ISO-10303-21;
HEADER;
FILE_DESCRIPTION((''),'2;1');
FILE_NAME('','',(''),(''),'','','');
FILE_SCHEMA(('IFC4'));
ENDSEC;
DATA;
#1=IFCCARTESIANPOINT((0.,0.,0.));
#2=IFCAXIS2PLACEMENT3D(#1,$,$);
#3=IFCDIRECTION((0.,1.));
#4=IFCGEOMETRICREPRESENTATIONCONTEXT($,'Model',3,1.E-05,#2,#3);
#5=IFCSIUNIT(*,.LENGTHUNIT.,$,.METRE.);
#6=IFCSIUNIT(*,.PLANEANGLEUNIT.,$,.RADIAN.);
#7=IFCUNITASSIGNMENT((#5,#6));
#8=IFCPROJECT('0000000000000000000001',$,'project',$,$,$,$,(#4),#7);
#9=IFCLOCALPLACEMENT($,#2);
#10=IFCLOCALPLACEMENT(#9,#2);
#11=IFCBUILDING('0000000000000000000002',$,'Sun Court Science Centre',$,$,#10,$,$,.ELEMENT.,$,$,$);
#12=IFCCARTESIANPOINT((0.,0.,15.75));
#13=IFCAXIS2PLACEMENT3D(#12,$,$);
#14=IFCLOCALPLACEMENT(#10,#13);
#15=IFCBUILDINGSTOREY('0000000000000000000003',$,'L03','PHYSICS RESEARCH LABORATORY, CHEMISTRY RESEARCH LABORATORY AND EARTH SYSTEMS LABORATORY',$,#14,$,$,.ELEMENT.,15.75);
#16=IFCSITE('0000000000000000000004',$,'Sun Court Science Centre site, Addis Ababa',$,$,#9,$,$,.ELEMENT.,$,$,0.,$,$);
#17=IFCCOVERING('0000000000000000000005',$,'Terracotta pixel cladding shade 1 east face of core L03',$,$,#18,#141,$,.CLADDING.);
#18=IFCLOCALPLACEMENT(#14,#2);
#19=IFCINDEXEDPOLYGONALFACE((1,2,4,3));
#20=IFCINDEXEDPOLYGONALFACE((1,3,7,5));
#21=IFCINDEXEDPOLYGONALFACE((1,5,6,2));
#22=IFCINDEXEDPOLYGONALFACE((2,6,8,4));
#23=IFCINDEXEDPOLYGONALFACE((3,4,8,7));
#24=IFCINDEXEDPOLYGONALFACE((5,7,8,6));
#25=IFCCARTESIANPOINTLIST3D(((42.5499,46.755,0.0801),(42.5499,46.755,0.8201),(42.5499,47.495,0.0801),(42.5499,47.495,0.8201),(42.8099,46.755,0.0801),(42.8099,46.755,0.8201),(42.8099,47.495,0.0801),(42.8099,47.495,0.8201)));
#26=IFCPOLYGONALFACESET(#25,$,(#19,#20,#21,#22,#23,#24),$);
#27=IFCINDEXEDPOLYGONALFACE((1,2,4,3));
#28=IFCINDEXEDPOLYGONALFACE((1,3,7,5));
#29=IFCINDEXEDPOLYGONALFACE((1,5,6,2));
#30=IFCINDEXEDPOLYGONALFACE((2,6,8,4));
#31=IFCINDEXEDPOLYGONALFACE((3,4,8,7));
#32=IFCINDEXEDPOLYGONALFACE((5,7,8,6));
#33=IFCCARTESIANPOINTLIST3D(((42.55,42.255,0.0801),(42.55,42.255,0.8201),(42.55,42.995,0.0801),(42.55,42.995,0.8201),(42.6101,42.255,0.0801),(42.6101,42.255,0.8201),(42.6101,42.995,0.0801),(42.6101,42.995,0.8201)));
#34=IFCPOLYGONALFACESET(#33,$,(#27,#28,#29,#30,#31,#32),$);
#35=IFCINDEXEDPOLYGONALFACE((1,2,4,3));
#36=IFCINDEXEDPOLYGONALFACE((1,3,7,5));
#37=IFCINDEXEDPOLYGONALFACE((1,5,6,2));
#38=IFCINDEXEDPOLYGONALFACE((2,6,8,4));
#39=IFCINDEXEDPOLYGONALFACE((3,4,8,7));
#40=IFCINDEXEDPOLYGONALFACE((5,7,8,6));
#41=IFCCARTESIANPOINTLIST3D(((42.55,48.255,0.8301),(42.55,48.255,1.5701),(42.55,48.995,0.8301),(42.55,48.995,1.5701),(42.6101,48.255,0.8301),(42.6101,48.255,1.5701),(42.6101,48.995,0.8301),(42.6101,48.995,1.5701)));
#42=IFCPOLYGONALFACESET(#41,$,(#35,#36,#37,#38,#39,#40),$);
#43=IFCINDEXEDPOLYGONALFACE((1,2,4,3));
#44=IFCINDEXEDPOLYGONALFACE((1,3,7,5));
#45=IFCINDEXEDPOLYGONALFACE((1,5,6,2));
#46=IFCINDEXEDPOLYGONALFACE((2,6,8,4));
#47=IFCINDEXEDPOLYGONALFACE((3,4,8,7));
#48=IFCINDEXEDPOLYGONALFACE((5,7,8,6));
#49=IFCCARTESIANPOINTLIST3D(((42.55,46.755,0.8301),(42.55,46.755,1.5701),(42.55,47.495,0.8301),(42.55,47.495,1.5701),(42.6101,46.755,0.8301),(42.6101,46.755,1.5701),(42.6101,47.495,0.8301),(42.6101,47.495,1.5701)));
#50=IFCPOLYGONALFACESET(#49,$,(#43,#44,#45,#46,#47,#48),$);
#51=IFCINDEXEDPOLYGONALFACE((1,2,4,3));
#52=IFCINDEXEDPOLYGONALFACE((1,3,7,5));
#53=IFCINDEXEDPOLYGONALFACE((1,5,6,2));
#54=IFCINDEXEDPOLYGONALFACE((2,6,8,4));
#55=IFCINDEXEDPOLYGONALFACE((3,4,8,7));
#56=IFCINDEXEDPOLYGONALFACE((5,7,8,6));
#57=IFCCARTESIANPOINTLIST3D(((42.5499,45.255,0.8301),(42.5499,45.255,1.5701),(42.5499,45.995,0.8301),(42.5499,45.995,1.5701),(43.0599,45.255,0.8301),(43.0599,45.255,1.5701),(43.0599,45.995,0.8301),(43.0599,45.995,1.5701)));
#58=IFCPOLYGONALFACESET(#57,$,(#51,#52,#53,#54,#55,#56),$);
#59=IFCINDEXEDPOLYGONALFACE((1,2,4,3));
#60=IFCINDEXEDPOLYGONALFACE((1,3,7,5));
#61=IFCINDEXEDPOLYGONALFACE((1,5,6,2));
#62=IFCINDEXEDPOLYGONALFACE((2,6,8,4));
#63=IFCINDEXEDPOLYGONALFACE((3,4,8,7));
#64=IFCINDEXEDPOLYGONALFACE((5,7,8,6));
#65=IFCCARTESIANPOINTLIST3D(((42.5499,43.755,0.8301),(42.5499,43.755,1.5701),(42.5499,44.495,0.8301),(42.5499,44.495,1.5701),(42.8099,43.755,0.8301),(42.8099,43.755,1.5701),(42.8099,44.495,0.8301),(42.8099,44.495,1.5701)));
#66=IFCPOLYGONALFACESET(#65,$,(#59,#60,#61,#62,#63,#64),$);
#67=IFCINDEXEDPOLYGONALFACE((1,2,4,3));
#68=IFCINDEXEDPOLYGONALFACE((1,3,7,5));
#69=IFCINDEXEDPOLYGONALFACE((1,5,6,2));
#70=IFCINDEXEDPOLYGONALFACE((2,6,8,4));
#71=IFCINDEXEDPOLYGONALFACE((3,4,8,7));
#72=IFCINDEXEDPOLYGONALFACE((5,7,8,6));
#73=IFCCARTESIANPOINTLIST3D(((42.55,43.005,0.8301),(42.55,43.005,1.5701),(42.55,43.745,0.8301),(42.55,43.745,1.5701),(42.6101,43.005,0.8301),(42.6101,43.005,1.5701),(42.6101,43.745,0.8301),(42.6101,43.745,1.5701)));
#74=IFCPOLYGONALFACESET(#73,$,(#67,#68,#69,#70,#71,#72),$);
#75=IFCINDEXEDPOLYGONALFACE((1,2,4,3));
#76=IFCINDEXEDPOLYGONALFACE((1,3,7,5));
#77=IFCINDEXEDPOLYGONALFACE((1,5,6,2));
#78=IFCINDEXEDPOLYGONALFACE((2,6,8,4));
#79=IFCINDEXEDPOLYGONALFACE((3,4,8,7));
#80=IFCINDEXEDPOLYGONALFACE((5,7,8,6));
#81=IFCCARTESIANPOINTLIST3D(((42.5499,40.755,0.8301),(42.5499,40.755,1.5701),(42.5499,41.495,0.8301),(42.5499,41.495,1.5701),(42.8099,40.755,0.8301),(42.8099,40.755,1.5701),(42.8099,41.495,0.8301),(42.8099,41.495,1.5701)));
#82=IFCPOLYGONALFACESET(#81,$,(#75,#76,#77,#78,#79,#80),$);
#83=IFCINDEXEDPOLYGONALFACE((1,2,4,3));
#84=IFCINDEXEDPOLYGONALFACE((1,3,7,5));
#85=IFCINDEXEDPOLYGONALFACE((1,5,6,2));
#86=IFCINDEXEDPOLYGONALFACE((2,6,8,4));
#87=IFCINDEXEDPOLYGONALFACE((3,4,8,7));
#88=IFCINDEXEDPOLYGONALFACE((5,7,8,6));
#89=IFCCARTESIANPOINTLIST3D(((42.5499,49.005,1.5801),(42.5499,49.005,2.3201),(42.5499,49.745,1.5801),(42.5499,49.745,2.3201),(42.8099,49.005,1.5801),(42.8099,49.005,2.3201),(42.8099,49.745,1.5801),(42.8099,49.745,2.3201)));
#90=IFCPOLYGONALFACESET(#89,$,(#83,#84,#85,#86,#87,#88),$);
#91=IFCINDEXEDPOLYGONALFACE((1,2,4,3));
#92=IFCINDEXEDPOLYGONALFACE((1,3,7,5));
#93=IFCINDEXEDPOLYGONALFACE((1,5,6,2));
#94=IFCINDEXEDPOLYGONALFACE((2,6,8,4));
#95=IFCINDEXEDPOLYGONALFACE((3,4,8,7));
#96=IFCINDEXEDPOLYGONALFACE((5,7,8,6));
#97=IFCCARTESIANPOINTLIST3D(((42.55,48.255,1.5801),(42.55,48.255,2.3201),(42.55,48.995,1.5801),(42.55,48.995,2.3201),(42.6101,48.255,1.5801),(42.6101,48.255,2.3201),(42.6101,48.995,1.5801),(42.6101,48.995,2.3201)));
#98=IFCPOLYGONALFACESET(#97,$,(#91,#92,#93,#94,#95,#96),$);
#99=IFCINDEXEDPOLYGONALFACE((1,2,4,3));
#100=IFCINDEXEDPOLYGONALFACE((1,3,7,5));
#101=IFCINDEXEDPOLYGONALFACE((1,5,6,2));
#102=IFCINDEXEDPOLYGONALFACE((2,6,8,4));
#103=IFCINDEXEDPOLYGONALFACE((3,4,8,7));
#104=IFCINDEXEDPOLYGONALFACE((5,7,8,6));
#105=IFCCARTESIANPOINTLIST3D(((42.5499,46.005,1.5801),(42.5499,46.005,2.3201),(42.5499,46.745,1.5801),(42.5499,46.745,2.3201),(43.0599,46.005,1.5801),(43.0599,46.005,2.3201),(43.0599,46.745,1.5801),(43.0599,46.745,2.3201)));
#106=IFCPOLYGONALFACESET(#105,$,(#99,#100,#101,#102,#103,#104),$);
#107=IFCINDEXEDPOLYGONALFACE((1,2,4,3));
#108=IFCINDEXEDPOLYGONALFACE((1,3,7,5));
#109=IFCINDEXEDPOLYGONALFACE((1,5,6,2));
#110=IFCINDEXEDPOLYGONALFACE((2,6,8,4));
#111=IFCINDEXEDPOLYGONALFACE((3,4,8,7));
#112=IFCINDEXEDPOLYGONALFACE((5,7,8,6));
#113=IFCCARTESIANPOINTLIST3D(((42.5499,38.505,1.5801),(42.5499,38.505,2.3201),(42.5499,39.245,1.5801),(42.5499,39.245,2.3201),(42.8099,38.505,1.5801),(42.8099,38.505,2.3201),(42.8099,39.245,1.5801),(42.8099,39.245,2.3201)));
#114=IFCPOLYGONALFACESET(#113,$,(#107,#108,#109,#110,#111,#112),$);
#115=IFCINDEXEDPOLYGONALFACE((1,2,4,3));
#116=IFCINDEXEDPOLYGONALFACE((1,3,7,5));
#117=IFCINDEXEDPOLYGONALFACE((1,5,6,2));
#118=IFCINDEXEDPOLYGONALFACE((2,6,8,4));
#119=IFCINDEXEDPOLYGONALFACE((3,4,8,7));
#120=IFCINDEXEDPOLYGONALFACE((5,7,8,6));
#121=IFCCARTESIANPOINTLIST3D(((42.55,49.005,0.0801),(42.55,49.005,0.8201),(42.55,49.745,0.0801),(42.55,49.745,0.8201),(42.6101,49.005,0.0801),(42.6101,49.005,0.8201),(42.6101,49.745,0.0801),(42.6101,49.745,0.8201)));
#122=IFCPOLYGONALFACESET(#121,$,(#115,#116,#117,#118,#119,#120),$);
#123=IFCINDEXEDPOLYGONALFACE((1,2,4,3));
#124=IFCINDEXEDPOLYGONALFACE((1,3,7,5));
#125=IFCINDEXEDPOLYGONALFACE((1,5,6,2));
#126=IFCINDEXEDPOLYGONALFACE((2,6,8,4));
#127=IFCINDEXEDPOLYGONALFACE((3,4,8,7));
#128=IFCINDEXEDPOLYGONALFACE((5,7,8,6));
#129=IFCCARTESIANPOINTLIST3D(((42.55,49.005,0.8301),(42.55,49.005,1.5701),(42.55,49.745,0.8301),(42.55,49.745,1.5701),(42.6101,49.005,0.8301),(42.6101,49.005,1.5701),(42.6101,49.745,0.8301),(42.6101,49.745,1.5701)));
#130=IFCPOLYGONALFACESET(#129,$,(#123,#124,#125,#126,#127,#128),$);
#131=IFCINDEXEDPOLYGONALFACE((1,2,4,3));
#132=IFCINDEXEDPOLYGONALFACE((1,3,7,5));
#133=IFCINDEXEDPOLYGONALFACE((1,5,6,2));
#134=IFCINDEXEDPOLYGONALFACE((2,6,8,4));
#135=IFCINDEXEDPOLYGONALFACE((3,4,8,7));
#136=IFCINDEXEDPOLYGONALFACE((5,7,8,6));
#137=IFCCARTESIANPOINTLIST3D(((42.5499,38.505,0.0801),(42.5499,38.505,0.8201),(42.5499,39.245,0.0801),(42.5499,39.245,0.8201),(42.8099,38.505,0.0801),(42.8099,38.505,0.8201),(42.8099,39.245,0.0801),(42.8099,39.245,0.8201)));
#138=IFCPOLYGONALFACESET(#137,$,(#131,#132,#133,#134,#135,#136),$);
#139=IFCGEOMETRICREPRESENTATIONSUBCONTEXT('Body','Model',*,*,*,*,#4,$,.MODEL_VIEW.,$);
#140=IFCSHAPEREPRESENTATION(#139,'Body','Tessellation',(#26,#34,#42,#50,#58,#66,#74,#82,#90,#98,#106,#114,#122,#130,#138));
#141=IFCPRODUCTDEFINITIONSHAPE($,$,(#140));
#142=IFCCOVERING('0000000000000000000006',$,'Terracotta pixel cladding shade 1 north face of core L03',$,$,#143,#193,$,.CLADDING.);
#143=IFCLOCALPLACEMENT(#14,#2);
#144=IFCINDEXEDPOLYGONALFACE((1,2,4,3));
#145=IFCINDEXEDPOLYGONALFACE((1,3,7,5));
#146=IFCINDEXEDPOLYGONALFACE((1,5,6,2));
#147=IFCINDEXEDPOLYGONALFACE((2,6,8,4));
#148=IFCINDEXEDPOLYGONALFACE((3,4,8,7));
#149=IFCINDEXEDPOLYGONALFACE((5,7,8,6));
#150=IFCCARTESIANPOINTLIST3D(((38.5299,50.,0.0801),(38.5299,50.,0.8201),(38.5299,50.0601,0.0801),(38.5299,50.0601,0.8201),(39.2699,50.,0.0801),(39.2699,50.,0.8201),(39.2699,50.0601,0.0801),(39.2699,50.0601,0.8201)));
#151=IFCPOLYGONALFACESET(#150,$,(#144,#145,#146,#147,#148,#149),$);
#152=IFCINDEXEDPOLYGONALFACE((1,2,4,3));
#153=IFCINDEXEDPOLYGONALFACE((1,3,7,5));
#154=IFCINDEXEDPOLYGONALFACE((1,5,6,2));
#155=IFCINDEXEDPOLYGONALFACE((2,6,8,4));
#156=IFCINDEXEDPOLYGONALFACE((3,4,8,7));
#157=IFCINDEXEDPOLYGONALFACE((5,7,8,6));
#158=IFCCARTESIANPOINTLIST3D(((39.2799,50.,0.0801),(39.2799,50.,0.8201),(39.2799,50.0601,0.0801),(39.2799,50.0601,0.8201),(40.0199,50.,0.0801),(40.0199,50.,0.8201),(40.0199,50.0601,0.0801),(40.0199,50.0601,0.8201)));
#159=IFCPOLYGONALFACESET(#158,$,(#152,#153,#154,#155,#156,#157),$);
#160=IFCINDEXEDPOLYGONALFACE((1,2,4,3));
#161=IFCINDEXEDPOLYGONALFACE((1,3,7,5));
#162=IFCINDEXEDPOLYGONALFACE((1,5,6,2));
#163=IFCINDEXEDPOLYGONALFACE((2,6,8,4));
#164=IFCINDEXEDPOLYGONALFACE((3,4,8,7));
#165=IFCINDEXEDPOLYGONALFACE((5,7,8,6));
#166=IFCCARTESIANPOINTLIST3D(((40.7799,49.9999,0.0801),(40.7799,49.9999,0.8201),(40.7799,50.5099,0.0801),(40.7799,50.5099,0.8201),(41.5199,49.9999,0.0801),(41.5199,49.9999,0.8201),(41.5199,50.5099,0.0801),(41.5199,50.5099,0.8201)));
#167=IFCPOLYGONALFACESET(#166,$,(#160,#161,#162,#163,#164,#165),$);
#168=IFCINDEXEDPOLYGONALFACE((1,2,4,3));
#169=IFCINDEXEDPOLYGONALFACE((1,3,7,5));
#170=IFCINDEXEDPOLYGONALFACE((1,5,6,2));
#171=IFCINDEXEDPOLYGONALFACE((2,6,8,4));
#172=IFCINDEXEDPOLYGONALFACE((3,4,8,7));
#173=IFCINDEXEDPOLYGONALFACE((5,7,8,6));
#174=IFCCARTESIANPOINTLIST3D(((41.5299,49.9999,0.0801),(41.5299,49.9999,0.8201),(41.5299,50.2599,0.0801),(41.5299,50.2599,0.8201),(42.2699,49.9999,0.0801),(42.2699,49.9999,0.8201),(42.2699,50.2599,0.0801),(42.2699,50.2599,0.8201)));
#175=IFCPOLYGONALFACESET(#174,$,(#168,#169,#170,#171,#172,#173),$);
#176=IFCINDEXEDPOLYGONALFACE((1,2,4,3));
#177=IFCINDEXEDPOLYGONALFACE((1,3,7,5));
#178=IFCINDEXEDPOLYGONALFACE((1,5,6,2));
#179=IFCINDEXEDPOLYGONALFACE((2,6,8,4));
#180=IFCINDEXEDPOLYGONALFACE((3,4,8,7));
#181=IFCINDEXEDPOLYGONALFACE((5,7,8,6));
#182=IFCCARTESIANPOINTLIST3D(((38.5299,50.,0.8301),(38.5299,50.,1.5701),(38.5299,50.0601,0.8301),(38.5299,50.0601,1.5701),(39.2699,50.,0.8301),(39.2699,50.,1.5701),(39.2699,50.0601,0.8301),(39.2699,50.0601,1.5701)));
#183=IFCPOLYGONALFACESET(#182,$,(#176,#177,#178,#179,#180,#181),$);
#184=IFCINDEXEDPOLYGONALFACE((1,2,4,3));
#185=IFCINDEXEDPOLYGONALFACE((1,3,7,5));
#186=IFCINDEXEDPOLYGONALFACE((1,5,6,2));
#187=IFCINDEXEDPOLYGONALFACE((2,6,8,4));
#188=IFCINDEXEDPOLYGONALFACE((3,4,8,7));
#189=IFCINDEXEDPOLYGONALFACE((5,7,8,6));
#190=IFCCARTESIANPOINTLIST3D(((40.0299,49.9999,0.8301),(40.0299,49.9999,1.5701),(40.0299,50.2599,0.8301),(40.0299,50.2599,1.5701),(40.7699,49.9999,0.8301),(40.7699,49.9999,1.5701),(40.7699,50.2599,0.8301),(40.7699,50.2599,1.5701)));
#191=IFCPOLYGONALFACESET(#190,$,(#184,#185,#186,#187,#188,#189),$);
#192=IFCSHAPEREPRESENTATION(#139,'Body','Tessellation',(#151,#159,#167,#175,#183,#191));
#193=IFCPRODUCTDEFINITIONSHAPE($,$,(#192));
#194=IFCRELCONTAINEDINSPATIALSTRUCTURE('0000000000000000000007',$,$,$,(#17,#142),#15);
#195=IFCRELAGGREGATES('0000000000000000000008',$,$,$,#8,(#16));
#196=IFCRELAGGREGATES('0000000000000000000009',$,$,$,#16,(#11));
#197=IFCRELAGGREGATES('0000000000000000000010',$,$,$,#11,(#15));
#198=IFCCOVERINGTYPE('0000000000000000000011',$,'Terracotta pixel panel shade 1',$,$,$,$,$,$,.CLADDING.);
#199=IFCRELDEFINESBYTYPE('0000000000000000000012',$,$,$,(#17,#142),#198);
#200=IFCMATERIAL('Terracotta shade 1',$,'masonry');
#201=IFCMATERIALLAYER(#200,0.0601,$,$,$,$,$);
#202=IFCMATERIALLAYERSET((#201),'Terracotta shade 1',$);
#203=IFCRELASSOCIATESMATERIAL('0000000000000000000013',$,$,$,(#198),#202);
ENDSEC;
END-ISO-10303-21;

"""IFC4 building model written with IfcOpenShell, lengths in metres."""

from ifc_helpers import new_model, si_unit, direction, frame, origin, origin_2d, place, context, subcontext, project, spatial, rectangle, extrude, material, layer, layer_set, type_object, element, save


model = new_model("IFC4")

# Units and contexts
model_context = context("Model", 3, precision=1e-05, world=origin(), true_north=direction((0.0, 1.0)))
body_context = subcontext(model_context, "Body", "Model", "MODEL_VIEW")
ifc_project = project(units=[si_unit("LENGTHUNIT", "METRE"), si_unit("PLANEANGLEUNIT", "RADIAN")], contexts=[model_context])

# Site, building, storey
site_placement = place(None, origin())
site = spatial("IfcSite", under=ifc_project, at=site_placement, Name="Sun Court Science Centre site, Addis Ababa", CompositionType="ELEMENT", RefElevation=0.0)
building_placement = place(site_placement, origin())
building = spatial("IfcBuilding", under=site, at=building_placement, Name="Sun Court Science Centre", CompositionType="ELEMENT")
storey_placement = place(building_placement, frame((0.0, 0.0, 15.75)))
storey = spatial("IfcBuildingStorey", under=building, at=storey_placement, Name="L03", Description="PHYSICS RESEARCH LABORATORY, CHEMISTRY RESEARCH LABORATORY AND EARTH SYSTEMS LABORATORY", CompositionType="ELEMENT", Elevation=15.75)

# Coverings
ifc_material_1 = material(Name="Terracotta shade 1", Category="masonry")
ifc_layer_1 = layer(ifc_material_1, 0.0601)
ifc_layer_set_1 = layer_set([ifc_layer_1], Name="Terracotta shade 1")
covering_type_1 = type_object("IfcCoveringType", Name="Terracotta pixel panel shade 1", PredefinedType="CLADDING", material=ifc_layer_set_1)
covering_1_placement = place(storey_placement, frame((0.0, 0.0, -15.75)))
element("IfcCovering", 1, at=covering_1_placement, inside=storey, type_object=covering_type_1, Name="Terracotta pixel cladding shade 1 east face of core L03", PredefinedType="CLADDING", context=body_context, shape_type="SweptSolid", body=[
    extrude(rectangle(XDim=0.74, YDim=0.26, at=origin_2d()), frame((42.6799, 47.125, 15.8301), z_axis=(0.0, 0.0, 1.0), x_axis=(0.0, -1.0, 0.0)), (0.0, 0.0, 1.0), 0.74),
    extrude(rectangle(XDim=0.74, YDim=0.0601, at=origin_2d()), frame((42.5801, 42.625, 15.8301), z_axis=(0.0, 0.0, 1.0), x_axis=(0.0, -1.0, 0.0)), (0.0, 0.0, 1.0), 0.74),
    extrude(rectangle(XDim=0.74, YDim=0.0601, at=origin_2d()), frame((42.5801, 48.625, 16.5801), z_axis=(0.0, 0.0, 1.0), x_axis=(0.0, -1.0, 0.0)), (0.0, 0.0, 1.0), 0.74),
    extrude(rectangle(XDim=0.74, YDim=0.0601, at=origin_2d()), frame((42.5801, 47.125, 16.5801), z_axis=(0.0, 0.0, 1.0), x_axis=(0.0, -1.0, 0.0)), (0.0, 0.0, 1.0), 0.74),
    extrude(rectangle(XDim=0.74, YDim=0.51, at=origin_2d()), frame((42.8049, 45.625, 16.5801), z_axis=(0.0, 0.0, 1.0), x_axis=(0.0, -1.0, 0.0)), (0.0, 0.0, 1.0), 0.74),
    extrude(rectangle(XDim=0.74, YDim=0.26, at=origin_2d()), frame((42.6799, 44.125, 16.5801), z_axis=(0.0, 0.0, 1.0), x_axis=(0.0, -1.0, 0.0)), (0.0, 0.0, 1.0), 0.74),
    extrude(rectangle(XDim=0.74, YDim=0.0601, at=origin_2d()), frame((42.5801, 43.375, 16.5801), z_axis=(0.0, 0.0, 1.0), x_axis=(0.0, -1.0, 0.0)), (0.0, 0.0, 1.0), 0.74),
    extrude(rectangle(XDim=0.74, YDim=0.26, at=origin_2d()), frame((42.6799, 41.125, 16.5801), z_axis=(0.0, 0.0, 1.0), x_axis=(0.0, -1.0, 0.0)), (0.0, 0.0, 1.0), 0.74),
    extrude(rectangle(XDim=0.74, YDim=0.26, at=origin_2d()), frame((42.6799, 49.375, 17.3301), z_axis=(0.0, 0.0, 1.0), x_axis=(0.0, -1.0, 0.0)), (0.0, 0.0, 1.0), 0.74),
    extrude(rectangle(XDim=0.74, YDim=0.0601, at=origin_2d()), frame((42.5801, 48.625, 17.3301), z_axis=(0.0, 0.0, 1.0), x_axis=(0.0, -1.0, 0.0)), (0.0, 0.0, 1.0), 0.74),
    extrude(rectangle(XDim=0.74, YDim=0.51, at=origin_2d()), frame((42.8049, 46.375, 17.3301), z_axis=(0.0, 0.0, 1.0), x_axis=(0.0, -1.0, 0.0)), (0.0, 0.0, 1.0), 0.74),
    extrude(rectangle(XDim=0.74, YDim=0.26, at=origin_2d()), frame((42.6799, 38.875, 17.3301), z_axis=(0.0, 0.0, 1.0), x_axis=(0.0, -1.0, 0.0)), (0.0, 0.0, 1.0), 0.74),
    extrude(rectangle(XDim=0.74, YDim=0.0601, at=origin_2d()), frame((42.5801, 49.375, 15.8301), z_axis=(0.0, 0.0, 1.0), x_axis=(0.0, -1.0, 0.0)), (0.0, 0.0, 1.0), 0.74),
    extrude(rectangle(XDim=0.74, YDim=0.0601, at=origin_2d()), frame((42.5801, 49.375, 16.5801), z_axis=(0.0, 0.0, 1.0), x_axis=(0.0, -1.0, 0.0)), (0.0, 0.0, 1.0), 0.74),
    extrude(rectangle(XDim=0.74, YDim=0.26, at=origin_2d()), frame((42.6799, 38.875, 15.8301), z_axis=(0.0, 0.0, 1.0), x_axis=(0.0, -1.0, 0.0)), (0.0, 0.0, 1.0), 0.74),
])
covering_2_placement = place(storey_placement, frame((0.0, 0.0, -15.75)))
element("IfcCovering", 2, at=covering_2_placement, inside=storey, type_object=covering_type_1, Name="Terracotta pixel cladding shade 1 north face of core L03", PredefinedType="CLADDING", context=body_context, shape_type="SweptSolid", body=[
    extrude(rectangle(XDim=0.74, YDim=0.0601, at=origin_2d()), frame((38.8999, 50.03, 15.8301), z_axis=(0.0, 0.0, 1.0), x_axis=(1.0, 0.0, 0.0)), (0.0, 0.0, 1.0), 0.74),
    extrude(rectangle(XDim=0.74, YDim=0.0601, at=origin_2d()), frame((39.6499, 50.03, 15.8301), z_axis=(0.0, 0.0, 1.0), x_axis=(1.0, 0.0, 0.0)), (0.0, 0.0, 1.0), 0.74),
    extrude(rectangle(XDim=0.74, YDim=0.51, at=origin_2d()), frame((41.1499, 50.2549, 15.8301), z_axis=(0.0, 0.0, 1.0), x_axis=(1.0, 0.0, 0.0)), (0.0, 0.0, 1.0), 0.74),
    extrude(rectangle(XDim=0.74, YDim=0.26, at=origin_2d()), frame((41.8999, 50.1299, 15.8301), z_axis=(0.0, 0.0, 1.0), x_axis=(1.0, 0.0, 0.0)), (0.0, 0.0, 1.0), 0.74),
    extrude(rectangle(XDim=0.74, YDim=0.0601, at=origin_2d()), frame((38.8999, 50.03, 16.5801), z_axis=(0.0, 0.0, 1.0), x_axis=(1.0, 0.0, 0.0)), (0.0, 0.0, 1.0), 0.74),
    extrude(rectangle(XDim=0.74, YDim=0.26, at=origin_2d()), frame((40.3999, 50.1299, 16.5801), z_axis=(0.0, 0.0, 1.0), x_axis=(1.0, 0.0, 0.0)), (0.0, 0.0, 1.0), 0.74),
])

save(model, "model.ifc")
